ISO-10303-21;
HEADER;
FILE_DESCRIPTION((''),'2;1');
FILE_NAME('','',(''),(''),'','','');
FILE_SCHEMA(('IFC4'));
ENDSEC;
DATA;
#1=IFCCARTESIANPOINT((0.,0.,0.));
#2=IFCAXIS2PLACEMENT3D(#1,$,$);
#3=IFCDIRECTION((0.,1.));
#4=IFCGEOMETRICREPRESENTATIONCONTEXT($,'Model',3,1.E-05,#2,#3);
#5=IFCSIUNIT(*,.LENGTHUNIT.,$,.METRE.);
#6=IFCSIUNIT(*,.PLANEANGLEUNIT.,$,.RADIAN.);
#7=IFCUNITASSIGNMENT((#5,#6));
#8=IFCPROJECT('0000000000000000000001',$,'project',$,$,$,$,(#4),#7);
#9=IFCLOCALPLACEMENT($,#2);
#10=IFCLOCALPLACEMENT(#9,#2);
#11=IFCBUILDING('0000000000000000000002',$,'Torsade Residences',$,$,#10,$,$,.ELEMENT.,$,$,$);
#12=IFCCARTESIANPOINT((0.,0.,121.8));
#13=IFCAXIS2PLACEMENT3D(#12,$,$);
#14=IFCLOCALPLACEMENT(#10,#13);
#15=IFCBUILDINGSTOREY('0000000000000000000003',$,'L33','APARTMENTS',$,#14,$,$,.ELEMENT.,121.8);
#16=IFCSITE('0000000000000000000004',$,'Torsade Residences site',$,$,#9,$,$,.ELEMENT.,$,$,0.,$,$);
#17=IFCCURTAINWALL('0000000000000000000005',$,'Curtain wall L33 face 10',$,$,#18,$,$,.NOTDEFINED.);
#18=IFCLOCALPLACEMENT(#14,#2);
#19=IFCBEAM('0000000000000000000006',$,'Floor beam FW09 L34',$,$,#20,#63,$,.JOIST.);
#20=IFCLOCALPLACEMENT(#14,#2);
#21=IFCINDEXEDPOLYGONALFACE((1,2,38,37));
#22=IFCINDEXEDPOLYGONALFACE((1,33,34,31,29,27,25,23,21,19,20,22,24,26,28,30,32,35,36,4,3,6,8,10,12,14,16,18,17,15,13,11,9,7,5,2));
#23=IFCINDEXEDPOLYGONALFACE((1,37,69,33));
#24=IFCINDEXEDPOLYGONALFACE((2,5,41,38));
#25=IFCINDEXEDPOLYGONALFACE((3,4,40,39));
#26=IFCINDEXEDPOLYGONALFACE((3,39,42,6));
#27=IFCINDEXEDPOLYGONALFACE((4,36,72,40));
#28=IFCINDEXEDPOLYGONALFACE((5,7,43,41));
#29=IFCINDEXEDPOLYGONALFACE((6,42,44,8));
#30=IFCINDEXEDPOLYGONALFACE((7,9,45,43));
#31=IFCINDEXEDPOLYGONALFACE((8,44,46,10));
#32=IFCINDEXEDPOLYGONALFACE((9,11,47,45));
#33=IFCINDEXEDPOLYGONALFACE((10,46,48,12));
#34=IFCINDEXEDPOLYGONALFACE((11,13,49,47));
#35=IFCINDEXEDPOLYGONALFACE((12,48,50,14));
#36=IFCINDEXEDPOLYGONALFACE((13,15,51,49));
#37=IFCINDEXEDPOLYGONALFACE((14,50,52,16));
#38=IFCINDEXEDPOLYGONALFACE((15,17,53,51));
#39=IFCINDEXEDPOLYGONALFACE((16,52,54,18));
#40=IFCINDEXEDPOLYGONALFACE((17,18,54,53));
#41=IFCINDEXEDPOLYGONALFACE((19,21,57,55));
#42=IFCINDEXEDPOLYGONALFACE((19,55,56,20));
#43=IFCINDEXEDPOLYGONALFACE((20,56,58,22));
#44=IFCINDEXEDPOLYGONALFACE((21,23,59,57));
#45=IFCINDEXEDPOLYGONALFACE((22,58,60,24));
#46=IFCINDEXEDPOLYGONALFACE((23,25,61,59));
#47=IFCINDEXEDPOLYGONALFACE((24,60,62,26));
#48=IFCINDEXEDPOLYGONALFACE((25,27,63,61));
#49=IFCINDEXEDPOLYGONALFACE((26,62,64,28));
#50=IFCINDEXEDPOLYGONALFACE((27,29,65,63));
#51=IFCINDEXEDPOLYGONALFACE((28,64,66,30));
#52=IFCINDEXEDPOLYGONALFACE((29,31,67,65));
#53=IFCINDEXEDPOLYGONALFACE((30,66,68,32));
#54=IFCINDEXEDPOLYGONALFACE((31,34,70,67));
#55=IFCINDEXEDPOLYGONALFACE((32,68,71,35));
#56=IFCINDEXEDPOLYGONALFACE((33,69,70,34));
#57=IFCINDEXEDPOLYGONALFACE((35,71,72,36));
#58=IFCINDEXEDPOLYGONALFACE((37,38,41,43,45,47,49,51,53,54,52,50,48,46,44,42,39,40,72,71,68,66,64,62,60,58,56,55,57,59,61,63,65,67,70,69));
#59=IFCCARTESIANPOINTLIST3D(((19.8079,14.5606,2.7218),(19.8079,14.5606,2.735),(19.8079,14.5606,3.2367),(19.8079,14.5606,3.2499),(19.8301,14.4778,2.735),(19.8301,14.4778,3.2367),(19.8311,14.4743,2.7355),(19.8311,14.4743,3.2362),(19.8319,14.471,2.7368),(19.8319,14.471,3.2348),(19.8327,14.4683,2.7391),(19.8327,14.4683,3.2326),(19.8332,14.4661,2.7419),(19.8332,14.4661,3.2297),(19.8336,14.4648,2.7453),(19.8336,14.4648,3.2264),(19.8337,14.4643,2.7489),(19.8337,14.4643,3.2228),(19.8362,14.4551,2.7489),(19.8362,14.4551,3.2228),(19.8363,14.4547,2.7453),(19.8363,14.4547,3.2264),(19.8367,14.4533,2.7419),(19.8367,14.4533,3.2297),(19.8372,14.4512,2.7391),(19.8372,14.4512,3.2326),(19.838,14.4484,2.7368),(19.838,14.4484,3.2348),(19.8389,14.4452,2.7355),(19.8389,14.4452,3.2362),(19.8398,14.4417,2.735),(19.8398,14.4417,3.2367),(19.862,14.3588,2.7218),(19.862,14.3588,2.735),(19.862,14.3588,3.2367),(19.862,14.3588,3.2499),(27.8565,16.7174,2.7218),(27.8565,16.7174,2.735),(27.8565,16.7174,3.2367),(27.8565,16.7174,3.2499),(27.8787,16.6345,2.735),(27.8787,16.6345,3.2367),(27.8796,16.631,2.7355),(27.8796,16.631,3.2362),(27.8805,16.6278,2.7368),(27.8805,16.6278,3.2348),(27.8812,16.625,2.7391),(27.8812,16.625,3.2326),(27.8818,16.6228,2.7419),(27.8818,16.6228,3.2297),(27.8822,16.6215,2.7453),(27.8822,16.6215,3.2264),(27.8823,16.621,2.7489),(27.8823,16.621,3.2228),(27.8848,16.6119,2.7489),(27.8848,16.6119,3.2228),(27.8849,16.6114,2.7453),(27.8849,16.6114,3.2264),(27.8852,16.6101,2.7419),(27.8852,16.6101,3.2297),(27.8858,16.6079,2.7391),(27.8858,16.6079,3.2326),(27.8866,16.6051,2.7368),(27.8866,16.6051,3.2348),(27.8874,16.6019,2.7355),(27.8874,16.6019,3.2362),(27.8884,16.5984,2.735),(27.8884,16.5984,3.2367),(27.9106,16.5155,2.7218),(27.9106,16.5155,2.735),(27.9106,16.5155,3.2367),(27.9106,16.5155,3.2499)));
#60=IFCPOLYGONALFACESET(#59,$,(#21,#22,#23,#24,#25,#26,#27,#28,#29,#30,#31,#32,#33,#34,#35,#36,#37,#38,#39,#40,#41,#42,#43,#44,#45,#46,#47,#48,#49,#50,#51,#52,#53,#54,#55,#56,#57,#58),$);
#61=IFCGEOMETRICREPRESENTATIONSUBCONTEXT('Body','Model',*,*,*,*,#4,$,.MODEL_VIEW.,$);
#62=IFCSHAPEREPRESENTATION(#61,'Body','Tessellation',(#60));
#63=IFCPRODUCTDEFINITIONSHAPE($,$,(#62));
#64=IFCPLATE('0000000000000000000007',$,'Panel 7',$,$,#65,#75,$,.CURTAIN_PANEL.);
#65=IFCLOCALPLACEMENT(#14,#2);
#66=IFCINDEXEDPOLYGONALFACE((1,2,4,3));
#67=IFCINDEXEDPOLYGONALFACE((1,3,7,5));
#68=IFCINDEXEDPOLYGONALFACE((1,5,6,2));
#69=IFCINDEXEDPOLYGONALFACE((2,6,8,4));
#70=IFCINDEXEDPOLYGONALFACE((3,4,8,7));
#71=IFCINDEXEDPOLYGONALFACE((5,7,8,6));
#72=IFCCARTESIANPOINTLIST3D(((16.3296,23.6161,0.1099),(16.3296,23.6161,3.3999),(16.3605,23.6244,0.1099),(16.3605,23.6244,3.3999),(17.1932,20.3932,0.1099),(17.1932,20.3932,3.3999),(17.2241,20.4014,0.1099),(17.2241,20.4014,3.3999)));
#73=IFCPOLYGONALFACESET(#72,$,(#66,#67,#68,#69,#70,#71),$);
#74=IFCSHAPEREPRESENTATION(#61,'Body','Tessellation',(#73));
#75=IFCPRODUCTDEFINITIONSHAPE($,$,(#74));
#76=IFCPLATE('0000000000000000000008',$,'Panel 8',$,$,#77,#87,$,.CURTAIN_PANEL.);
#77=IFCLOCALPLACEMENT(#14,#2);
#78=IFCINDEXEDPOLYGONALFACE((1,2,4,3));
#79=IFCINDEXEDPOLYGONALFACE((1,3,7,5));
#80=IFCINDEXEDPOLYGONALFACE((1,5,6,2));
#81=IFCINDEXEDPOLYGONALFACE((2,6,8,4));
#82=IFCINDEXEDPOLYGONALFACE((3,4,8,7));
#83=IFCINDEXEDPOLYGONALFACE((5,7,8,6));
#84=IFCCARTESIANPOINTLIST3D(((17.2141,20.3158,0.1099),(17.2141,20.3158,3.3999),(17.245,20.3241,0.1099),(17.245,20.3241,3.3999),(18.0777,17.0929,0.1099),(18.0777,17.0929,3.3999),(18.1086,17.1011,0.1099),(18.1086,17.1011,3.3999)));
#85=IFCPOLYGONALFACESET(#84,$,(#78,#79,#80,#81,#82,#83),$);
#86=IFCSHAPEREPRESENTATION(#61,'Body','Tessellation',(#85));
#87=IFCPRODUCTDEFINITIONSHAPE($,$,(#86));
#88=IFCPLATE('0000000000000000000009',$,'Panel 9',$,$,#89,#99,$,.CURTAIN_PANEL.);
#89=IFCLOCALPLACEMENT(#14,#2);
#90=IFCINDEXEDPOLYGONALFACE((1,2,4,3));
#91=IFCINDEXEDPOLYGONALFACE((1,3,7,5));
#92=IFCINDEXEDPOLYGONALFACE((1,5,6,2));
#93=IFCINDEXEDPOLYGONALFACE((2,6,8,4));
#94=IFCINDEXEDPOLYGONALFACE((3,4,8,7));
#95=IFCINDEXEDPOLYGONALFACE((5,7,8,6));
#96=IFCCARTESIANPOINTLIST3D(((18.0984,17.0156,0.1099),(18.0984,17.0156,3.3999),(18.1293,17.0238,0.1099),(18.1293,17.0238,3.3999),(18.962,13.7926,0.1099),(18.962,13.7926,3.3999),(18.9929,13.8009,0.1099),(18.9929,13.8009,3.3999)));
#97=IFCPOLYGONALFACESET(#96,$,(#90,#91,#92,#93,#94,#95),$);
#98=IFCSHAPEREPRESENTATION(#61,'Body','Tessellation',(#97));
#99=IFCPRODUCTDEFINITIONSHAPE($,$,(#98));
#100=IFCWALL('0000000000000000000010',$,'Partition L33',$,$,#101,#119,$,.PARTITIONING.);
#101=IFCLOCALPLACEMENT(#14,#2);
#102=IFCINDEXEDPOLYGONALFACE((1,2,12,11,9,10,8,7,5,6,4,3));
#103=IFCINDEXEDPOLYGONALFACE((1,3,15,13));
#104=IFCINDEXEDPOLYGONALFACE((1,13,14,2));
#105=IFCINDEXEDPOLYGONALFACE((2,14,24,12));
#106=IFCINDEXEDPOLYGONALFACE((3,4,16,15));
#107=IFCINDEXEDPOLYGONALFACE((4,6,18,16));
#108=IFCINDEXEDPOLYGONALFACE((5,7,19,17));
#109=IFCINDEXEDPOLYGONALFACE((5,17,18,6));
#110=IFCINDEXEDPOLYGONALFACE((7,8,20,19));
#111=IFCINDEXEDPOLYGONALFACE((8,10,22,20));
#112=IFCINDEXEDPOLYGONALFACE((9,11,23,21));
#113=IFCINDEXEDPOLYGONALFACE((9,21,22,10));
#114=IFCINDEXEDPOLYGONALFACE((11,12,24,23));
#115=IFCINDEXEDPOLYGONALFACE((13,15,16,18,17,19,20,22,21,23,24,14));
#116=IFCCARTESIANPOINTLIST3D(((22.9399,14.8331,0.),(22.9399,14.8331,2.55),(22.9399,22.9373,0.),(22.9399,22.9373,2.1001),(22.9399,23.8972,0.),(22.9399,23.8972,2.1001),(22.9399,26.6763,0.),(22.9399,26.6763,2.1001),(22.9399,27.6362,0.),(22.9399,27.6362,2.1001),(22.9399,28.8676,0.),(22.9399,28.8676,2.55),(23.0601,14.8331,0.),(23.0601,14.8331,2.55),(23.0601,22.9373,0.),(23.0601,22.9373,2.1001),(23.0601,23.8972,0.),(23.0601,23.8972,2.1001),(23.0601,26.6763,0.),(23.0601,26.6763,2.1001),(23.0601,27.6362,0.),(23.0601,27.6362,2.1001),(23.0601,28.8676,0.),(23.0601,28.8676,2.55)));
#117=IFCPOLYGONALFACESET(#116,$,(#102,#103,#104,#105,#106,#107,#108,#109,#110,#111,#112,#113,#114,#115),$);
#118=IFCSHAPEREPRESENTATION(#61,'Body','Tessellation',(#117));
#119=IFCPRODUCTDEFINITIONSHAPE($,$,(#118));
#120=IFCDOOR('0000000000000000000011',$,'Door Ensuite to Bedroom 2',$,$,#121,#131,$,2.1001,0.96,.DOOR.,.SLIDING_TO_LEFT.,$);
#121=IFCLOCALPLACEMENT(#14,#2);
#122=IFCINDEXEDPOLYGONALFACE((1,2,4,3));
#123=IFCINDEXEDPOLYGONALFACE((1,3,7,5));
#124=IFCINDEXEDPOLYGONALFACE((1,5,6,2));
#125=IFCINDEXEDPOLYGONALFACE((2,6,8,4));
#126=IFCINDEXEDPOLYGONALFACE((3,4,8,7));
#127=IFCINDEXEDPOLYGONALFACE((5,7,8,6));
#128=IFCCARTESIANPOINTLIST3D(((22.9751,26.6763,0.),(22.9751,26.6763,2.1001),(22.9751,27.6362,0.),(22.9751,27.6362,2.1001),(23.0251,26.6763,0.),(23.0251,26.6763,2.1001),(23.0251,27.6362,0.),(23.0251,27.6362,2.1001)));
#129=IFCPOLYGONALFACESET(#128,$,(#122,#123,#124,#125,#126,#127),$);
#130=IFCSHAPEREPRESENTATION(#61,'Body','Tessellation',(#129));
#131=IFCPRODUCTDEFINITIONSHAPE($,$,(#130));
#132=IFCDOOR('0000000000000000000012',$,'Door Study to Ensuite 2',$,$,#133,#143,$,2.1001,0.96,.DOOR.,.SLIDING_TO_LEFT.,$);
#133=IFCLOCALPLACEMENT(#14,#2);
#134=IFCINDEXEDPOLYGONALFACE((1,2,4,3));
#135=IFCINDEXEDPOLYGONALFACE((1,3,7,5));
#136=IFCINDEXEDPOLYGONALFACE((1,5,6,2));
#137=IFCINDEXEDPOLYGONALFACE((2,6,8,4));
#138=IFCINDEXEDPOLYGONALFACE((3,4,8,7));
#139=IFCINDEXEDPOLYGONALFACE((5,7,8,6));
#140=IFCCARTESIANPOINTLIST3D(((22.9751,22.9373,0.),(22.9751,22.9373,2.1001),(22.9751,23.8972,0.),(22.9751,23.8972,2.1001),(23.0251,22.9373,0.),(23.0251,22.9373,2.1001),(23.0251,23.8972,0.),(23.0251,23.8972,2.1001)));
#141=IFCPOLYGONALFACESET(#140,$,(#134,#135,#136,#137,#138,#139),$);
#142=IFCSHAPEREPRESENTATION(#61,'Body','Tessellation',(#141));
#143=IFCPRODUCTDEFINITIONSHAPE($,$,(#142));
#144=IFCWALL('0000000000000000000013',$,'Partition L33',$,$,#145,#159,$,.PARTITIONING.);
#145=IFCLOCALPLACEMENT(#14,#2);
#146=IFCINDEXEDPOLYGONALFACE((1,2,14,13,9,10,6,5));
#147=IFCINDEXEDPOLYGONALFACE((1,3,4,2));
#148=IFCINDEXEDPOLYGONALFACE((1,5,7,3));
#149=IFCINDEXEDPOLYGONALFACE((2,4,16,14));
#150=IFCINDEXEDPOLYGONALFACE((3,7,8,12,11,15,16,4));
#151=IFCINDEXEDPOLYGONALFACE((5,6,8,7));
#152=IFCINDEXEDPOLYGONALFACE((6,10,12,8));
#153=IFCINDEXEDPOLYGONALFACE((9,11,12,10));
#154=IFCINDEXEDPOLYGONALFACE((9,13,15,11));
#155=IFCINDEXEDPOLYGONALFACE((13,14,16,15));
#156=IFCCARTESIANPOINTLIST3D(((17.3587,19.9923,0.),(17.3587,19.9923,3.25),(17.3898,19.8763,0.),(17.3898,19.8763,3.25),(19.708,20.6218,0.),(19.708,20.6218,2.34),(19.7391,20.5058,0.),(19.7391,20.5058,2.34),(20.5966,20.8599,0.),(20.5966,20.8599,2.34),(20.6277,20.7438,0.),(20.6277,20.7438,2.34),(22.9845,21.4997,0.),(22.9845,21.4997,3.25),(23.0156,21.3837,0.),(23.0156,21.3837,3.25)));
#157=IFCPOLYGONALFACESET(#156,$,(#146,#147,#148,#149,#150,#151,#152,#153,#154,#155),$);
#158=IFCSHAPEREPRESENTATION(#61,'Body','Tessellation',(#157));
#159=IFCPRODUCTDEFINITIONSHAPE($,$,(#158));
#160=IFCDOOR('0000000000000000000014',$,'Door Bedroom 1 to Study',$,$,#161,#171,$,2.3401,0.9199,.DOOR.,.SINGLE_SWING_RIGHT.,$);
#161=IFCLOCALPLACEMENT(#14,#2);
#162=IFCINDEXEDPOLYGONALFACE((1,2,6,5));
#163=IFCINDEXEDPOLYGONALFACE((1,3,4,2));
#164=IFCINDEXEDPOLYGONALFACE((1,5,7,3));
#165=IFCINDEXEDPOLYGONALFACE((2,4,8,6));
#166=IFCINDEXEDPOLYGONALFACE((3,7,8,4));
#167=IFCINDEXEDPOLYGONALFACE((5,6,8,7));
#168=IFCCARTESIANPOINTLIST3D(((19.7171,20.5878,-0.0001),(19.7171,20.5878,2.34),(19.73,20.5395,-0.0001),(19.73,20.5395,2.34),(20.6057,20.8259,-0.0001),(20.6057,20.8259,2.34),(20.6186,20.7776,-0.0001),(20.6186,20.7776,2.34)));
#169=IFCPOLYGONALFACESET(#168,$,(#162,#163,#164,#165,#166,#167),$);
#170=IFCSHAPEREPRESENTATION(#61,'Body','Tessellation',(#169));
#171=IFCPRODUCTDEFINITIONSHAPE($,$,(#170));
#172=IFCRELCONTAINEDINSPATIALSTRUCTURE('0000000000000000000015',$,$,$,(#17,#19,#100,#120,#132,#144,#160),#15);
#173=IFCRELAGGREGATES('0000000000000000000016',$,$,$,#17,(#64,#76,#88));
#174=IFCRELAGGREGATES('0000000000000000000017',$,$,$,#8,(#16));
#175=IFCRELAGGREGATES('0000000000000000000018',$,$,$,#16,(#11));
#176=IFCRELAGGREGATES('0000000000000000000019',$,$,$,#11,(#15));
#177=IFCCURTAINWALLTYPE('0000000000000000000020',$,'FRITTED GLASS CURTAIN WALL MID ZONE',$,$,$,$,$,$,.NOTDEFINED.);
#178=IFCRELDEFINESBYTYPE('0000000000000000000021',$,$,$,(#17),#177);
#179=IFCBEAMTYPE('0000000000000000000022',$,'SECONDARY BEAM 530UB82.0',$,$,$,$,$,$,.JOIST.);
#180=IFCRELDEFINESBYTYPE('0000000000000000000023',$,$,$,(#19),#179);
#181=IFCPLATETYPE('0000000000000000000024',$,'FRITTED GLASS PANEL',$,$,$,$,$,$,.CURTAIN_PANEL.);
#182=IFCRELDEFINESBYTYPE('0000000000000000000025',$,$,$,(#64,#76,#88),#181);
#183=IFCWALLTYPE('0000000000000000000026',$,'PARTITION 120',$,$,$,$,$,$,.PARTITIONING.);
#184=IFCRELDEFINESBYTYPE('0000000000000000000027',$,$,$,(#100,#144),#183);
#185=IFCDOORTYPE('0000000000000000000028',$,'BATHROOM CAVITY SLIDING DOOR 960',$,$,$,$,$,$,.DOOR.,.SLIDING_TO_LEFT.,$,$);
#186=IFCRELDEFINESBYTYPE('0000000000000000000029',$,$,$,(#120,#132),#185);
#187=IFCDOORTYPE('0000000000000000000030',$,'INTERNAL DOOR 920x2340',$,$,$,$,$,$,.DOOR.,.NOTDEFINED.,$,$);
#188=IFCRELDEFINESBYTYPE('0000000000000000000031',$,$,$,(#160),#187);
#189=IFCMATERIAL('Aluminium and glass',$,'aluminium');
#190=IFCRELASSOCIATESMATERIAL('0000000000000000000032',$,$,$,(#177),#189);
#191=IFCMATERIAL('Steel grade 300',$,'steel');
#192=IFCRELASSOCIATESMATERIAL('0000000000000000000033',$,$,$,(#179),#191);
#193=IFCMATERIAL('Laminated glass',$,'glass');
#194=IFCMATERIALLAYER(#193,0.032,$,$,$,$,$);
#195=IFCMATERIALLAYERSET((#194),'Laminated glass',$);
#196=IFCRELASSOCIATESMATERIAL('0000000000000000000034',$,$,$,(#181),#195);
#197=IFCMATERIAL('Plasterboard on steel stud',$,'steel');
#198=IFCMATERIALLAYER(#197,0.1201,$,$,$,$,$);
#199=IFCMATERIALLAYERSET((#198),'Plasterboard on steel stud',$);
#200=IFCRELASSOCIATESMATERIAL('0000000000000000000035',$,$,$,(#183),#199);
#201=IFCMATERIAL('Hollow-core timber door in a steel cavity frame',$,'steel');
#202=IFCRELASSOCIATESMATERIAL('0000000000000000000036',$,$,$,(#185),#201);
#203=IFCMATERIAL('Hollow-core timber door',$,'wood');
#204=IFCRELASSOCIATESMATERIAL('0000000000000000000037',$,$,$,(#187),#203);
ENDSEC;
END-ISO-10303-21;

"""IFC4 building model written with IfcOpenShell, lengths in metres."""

from ifc_helpers import new_model, si_unit, direction, frame, frame_2d, origin, origin_2d, place, context, subcontext, project, spatial, rectangle, i_section, extrude, material, layer, layer_set, material_profile, profile_set, type_object, element, fill, aggregate, save


model = new_model("IFC4")

# Units and contexts
model_context = context("Model", 3, precision=1e-05, world=origin(), true_north=direction((0.0, 1.0)))
body_context = subcontext(model_context, "Body", "Model", "MODEL_VIEW")
ifc_project = project(units=[si_unit("LENGTHUNIT", "METRE"), si_unit("PLANEANGLEUNIT", "RADIAN")], contexts=[model_context])

# Site, building, storey
site_placement = place(None, origin())
site = spatial("IfcSite", under=ifc_project, at=site_placement, Name="Torsade Residences site", CompositionType="ELEMENT", RefElevation=0.0)
building_placement = place(site_placement, origin())
building = spatial("IfcBuilding", under=site, at=building_placement, Name="Torsade Residences", CompositionType="ELEMENT")
storey_placement = place(building_placement, frame((0.0, 0.0, 121.8)))
storey = spatial("IfcBuildingStorey", under=building, at=storey_placement, Name="L33", Description="APARTMENTS", CompositionType="ELEMENT", Elevation=121.8)

# Curtain wall
ifc_material_1 = material(Name="Aluminium and glass", Category="aluminium")
curtain_wall_type = type_object("IfcCurtainWallType", Name="FRITTED GLASS CURTAIN WALL MID ZONE", PredefinedType="NOTDEFINED", material=ifc_material_1)
curtain_wall_placement = place(storey_placement, origin())
curtain_wall = element("IfcCurtainWall", 1, at=curtain_wall_placement, inside=storey, type_object=curtain_wall_type, Name="Curtain wall L33 face 10", PredefinedType="NOTDEFINED")

# Beam
ifc_material_2 = material(Name="Steel grade 300", Category="steel")
ifc_material_profile_1 = material_profile(ifc_material_2, i_section(OverallWidth=0.209, OverallDepth=0.5281, WebThickness=0.0095, FlangeThickness=0.0132, FilletRadius=0.0139, at=origin_2d()), Name="530UB82.0")
ifc_profile_set_1 = profile_set([ifc_material_profile_1], Name="Steel grade 300")
beam_type = type_object("IfcBeamType", Name="SECONDARY BEAM 530UB82.0", PredefinedType="JOIST", material=ifc_profile_set_1)
beam_1_placement = place(storey_placement, frame((19.835, 14.4597, 2.9858), z_axis=(0.965922, 0.258833, 0.0), x_axis=(-0.258833, 0.965922, 0.0)))
element("IfcBeam", 2, at=beam_1_placement, inside=storey, type_object=beam_type, Name="Floor beam FW09 L34", PredefinedType="JOIST", context=body_context, shape_type="SweptSolid", body=[
    extrude(i_section(OverallWidth=0.209, OverallDepth=0.5281, WebThickness=0.0095, FlangeThickness=0.0132, FilletRadius=0.0139, at=origin_2d()), origin(), (0.0, 0.0, 1.0), 8.3325),
])

# Plates
ifc_material_3 = material(Name="Laminated glass", Category="glass")
ifc_layer_1 = layer(ifc_material_3, 0.032)
ifc_layer_set_1 = layer_set([ifc_layer_1], Name="Laminated glass")
plate_type = type_object("IfcPlateType", Name="FRITTED GLASS PANEL", PredefinedType="CURTAIN_PANEL", material=ifc_layer_set_1)
plate_1_placement = place(storey_placement, frame((16.7769, 22.0088, 0.1099), z_axis=(0.0, 0.0, 1.0), x_axis=(0.258819, -0.965926, 0.0)))
plate_1 = element("IfcPlate", 3, at=plate_1_placement, type_object=plate_type, Name="Panel 7", PredefinedType="CURTAIN_PANEL", context=body_context, shape_type="SweptSolid", body=[
    extrude(rectangle(XDim=3.3367, YDim=0.032, at=origin_2d()), origin(), (0.0, 0.0, 1.0), 3.29),
])
plate_2_placement = place(storey_placement, frame((17.6614, 18.7085, 0.1099), z_axis=(0.0, 0.0, 1.0), x_axis=(0.258819, -0.965926, 0.0)))
plate_2 = element("IfcPlate", 4, at=plate_2_placement, type_object=plate_type, Name="Panel 8", PredefinedType="CURTAIN_PANEL", context=body_context, shape_type="SweptSolid", body=[
    extrude(rectangle(XDim=3.3367, YDim=0.032, at=origin_2d()), origin(), (0.0, 0.0, 1.0), 3.29),
])
plate_3_placement = place(storey_placement, frame((18.5457, 15.4082, 0.1099), z_axis=(0.0, 0.0, 1.0), x_axis=(0.258819, -0.965926, 0.0)))
plate_3 = element("IfcPlate", 5, at=plate_3_placement, type_object=plate_type, Name="Panel 9", PredefinedType="CURTAIN_PANEL", context=body_context, shape_type="SweptSolid", body=[
    extrude(rectangle(XDim=3.3367, YDim=0.032, at=origin_2d()), origin(), (0.0, 0.0, 1.0), 3.29),
])
aggregate(curtain_wall, [plate_1, plate_2, plate_3])

# Wall, openings, doors
ifc_material_4 = material(Name="Plasterboard on steel stud", Category="steel")
ifc_layer_2 = layer(ifc_material_4, 0.1201)
ifc_layer_set_2 = layer_set([ifc_layer_2], Name="Plasterboard on steel stud")
wall_type = type_object("IfcWallType", Name="PARTITION 120", PredefinedType="PARTITIONING", material=ifc_layer_set_2)
wall_1_placement = place(storey_placement, frame((23.0, 14.8333, 0.0), z_axis=(0.0, 0.0, 1.0), x_axis=(0.0, 1.0, 0.0)))
wall_1 = element("IfcWall", 6, at=wall_1_placement, inside=storey, type_object=wall_type, Name="Partition L33", PredefinedType="PARTITIONING", context=body_context, shape_type="SweptSolid", body=[
    extrude(rectangle(XDim=14.0344, YDim=0.1201, at=frame_2d((7.0171, 0.0))), origin(), (0.0, 0.0, 1.0), 2.55),
])
opening_1_placement = place(wall_1_placement, frame((11.843, 0.0, 0.0)))
opening_1 = element("IfcOpeningElement", 7, at=opening_1_placement, cuts=wall_1, PredefinedType="OPENING", context=body_context, shape_type="SweptSolid", body=[
    extrude(rectangle(XDim=0.96, YDim=2.1001, at=frame_2d((0.48, 1.05))), frame((0.0, 0.0701, 0.0), z_axis=(0.0, -1.0, 0.0), x_axis=(1.0, 0.0, 0.0)), (0.0, 0.0, 1.0), 0.1401),
])
opening_2_placement = place(wall_1_placement, frame((8.104, 0.0, 0.0)))
opening_2 = element("IfcOpeningElement", 8, at=opening_2_placement, cuts=wall_1, PredefinedType="OPENING", context=body_context, shape_type="SweptSolid", body=[
    extrude(rectangle(XDim=0.96, YDim=2.1001, at=frame_2d((0.48, 1.05))), frame((0.0, 0.0701, 0.0), z_axis=(0.0, -1.0, 0.0), x_axis=(1.0, 0.0, 0.0)), (0.0, 0.0, 1.0), 0.1401),
])
ifc_material_5 = material(Name="Hollow-core timber door in a steel cavity frame", Category="steel")
door_type_1 = type_object("IfcDoorType", Name="BATHROOM CAVITY SLIDING DOOR 960", OperationType="SLIDING_TO_LEFT", PredefinedType="DOOR", material=ifc_material_5)
door_1_placement = place(opening_1_placement, origin())
door_1 = element("IfcDoor", 9, at=door_1_placement, inside=storey, type_object=door_type_1, Name="Door Ensuite to Bedroom 2", OperationType="SLIDING_TO_LEFT", OverallHeight=2.1001, OverallWidth=0.96, PredefinedType="DOOR", context=body_context, shape_type="SweptSolid", body=[
    extrude(rectangle(XDim=0.96, YDim=2.1001, at=frame_2d((0.48, 1.05))), frame((0.0, 0.0249, 0.0), z_axis=(0.0, -1.0, 0.0), x_axis=(1.0, 0.0, 0.0)), (0.0, 0.0, 1.0), 0.05),
])
fill(opening_1, door_1)
door_2_placement = place(opening_2_placement, origin())
door_2 = element("IfcDoor", 10, at=door_2_placement, inside=storey, type_object=door_type_1, Name="Door Study to Ensuite 2", OperationType="SLIDING_TO_LEFT", OverallHeight=2.1001, OverallWidth=0.96, PredefinedType="DOOR", context=body_context, shape_type="SweptSolid", body=[
    extrude(rectangle(XDim=0.96, YDim=2.1001, at=frame_2d((0.48, 1.05))), frame((0.0, 0.0249, 0.0), z_axis=(0.0, -1.0, 0.0), x_axis=(1.0, 0.0, 0.0)), (0.0, 0.0, 1.0), 0.05),
])
fill(opening_2, door_2)

# Wall, opening, door
wall_2_placement = place(storey_placement, frame((17.3743, 19.9343, 0.0), z_axis=(0.0, 0.0, 1.0), x_axis=(0.96593, 0.258805, 0.0)))
wall_2 = element("IfcWall", 11, at=wall_2_placement, inside=storey, type_object=wall_type, Name="Partition L33", PredefinedType="PARTITIONING", context=body_context, shape_type="SweptSolid", body=[
    extrude(rectangle(XDim=5.8242, YDim=0.1201, at=frame_2d((2.9121, 0.0))), origin(), (0.0, 0.0, 1.0), 3.25),
])
opening_3_placement = place(wall_2_placement, frame((2.4321, 0.0, 0.0)))
opening_3 = element("IfcOpeningElement", 12, at=opening_3_placement, cuts=wall_2, PredefinedType="OPENING", context=body_context, shape_type="SweptSolid", body=[
    extrude(rectangle(XDim=0.9199, YDim=2.3401, at=frame_2d((0.46, 1.1699))), frame((0.0, 0.0701, 0.0), z_axis=(0.0, -1.0, 0.0), x_axis=(1.0, 0.0, 0.0)), (0.0, 0.0, 1.0), 0.1401),
])
ifc_material_6 = material(Name="Hollow-core timber door", Category="wood")
door_type_2 = type_object("IfcDoorType", Name="INTERNAL DOOR 920x2340", OperationType="NOTDEFINED", PredefinedType="DOOR", material=ifc_material_6)
door_3_placement = place(opening_3_placement, origin())
door_3 = element("IfcDoor", 13, at=door_3_placement, inside=storey, type_object=door_type_2, Name="Door Bedroom 1 to Study", OperationType="SINGLE_SWING_RIGHT", OverallHeight=2.3401, OverallWidth=0.9199, PredefinedType="DOOR", context=body_context, shape_type="SweptSolid", body=[
    extrude(rectangle(XDim=0.9199, YDim=2.3401, at=frame_2d((0.46, 1.1699))), frame((0.0, 0.0249, 0.0), z_axis=(0.0, -1.0, 0.0), x_axis=(1.0, 0.0, 0.0)), (0.0, 0.0, 1.0), 0.05),
])
fill(opening_3, door_3)

save(model, "model.ifc")
